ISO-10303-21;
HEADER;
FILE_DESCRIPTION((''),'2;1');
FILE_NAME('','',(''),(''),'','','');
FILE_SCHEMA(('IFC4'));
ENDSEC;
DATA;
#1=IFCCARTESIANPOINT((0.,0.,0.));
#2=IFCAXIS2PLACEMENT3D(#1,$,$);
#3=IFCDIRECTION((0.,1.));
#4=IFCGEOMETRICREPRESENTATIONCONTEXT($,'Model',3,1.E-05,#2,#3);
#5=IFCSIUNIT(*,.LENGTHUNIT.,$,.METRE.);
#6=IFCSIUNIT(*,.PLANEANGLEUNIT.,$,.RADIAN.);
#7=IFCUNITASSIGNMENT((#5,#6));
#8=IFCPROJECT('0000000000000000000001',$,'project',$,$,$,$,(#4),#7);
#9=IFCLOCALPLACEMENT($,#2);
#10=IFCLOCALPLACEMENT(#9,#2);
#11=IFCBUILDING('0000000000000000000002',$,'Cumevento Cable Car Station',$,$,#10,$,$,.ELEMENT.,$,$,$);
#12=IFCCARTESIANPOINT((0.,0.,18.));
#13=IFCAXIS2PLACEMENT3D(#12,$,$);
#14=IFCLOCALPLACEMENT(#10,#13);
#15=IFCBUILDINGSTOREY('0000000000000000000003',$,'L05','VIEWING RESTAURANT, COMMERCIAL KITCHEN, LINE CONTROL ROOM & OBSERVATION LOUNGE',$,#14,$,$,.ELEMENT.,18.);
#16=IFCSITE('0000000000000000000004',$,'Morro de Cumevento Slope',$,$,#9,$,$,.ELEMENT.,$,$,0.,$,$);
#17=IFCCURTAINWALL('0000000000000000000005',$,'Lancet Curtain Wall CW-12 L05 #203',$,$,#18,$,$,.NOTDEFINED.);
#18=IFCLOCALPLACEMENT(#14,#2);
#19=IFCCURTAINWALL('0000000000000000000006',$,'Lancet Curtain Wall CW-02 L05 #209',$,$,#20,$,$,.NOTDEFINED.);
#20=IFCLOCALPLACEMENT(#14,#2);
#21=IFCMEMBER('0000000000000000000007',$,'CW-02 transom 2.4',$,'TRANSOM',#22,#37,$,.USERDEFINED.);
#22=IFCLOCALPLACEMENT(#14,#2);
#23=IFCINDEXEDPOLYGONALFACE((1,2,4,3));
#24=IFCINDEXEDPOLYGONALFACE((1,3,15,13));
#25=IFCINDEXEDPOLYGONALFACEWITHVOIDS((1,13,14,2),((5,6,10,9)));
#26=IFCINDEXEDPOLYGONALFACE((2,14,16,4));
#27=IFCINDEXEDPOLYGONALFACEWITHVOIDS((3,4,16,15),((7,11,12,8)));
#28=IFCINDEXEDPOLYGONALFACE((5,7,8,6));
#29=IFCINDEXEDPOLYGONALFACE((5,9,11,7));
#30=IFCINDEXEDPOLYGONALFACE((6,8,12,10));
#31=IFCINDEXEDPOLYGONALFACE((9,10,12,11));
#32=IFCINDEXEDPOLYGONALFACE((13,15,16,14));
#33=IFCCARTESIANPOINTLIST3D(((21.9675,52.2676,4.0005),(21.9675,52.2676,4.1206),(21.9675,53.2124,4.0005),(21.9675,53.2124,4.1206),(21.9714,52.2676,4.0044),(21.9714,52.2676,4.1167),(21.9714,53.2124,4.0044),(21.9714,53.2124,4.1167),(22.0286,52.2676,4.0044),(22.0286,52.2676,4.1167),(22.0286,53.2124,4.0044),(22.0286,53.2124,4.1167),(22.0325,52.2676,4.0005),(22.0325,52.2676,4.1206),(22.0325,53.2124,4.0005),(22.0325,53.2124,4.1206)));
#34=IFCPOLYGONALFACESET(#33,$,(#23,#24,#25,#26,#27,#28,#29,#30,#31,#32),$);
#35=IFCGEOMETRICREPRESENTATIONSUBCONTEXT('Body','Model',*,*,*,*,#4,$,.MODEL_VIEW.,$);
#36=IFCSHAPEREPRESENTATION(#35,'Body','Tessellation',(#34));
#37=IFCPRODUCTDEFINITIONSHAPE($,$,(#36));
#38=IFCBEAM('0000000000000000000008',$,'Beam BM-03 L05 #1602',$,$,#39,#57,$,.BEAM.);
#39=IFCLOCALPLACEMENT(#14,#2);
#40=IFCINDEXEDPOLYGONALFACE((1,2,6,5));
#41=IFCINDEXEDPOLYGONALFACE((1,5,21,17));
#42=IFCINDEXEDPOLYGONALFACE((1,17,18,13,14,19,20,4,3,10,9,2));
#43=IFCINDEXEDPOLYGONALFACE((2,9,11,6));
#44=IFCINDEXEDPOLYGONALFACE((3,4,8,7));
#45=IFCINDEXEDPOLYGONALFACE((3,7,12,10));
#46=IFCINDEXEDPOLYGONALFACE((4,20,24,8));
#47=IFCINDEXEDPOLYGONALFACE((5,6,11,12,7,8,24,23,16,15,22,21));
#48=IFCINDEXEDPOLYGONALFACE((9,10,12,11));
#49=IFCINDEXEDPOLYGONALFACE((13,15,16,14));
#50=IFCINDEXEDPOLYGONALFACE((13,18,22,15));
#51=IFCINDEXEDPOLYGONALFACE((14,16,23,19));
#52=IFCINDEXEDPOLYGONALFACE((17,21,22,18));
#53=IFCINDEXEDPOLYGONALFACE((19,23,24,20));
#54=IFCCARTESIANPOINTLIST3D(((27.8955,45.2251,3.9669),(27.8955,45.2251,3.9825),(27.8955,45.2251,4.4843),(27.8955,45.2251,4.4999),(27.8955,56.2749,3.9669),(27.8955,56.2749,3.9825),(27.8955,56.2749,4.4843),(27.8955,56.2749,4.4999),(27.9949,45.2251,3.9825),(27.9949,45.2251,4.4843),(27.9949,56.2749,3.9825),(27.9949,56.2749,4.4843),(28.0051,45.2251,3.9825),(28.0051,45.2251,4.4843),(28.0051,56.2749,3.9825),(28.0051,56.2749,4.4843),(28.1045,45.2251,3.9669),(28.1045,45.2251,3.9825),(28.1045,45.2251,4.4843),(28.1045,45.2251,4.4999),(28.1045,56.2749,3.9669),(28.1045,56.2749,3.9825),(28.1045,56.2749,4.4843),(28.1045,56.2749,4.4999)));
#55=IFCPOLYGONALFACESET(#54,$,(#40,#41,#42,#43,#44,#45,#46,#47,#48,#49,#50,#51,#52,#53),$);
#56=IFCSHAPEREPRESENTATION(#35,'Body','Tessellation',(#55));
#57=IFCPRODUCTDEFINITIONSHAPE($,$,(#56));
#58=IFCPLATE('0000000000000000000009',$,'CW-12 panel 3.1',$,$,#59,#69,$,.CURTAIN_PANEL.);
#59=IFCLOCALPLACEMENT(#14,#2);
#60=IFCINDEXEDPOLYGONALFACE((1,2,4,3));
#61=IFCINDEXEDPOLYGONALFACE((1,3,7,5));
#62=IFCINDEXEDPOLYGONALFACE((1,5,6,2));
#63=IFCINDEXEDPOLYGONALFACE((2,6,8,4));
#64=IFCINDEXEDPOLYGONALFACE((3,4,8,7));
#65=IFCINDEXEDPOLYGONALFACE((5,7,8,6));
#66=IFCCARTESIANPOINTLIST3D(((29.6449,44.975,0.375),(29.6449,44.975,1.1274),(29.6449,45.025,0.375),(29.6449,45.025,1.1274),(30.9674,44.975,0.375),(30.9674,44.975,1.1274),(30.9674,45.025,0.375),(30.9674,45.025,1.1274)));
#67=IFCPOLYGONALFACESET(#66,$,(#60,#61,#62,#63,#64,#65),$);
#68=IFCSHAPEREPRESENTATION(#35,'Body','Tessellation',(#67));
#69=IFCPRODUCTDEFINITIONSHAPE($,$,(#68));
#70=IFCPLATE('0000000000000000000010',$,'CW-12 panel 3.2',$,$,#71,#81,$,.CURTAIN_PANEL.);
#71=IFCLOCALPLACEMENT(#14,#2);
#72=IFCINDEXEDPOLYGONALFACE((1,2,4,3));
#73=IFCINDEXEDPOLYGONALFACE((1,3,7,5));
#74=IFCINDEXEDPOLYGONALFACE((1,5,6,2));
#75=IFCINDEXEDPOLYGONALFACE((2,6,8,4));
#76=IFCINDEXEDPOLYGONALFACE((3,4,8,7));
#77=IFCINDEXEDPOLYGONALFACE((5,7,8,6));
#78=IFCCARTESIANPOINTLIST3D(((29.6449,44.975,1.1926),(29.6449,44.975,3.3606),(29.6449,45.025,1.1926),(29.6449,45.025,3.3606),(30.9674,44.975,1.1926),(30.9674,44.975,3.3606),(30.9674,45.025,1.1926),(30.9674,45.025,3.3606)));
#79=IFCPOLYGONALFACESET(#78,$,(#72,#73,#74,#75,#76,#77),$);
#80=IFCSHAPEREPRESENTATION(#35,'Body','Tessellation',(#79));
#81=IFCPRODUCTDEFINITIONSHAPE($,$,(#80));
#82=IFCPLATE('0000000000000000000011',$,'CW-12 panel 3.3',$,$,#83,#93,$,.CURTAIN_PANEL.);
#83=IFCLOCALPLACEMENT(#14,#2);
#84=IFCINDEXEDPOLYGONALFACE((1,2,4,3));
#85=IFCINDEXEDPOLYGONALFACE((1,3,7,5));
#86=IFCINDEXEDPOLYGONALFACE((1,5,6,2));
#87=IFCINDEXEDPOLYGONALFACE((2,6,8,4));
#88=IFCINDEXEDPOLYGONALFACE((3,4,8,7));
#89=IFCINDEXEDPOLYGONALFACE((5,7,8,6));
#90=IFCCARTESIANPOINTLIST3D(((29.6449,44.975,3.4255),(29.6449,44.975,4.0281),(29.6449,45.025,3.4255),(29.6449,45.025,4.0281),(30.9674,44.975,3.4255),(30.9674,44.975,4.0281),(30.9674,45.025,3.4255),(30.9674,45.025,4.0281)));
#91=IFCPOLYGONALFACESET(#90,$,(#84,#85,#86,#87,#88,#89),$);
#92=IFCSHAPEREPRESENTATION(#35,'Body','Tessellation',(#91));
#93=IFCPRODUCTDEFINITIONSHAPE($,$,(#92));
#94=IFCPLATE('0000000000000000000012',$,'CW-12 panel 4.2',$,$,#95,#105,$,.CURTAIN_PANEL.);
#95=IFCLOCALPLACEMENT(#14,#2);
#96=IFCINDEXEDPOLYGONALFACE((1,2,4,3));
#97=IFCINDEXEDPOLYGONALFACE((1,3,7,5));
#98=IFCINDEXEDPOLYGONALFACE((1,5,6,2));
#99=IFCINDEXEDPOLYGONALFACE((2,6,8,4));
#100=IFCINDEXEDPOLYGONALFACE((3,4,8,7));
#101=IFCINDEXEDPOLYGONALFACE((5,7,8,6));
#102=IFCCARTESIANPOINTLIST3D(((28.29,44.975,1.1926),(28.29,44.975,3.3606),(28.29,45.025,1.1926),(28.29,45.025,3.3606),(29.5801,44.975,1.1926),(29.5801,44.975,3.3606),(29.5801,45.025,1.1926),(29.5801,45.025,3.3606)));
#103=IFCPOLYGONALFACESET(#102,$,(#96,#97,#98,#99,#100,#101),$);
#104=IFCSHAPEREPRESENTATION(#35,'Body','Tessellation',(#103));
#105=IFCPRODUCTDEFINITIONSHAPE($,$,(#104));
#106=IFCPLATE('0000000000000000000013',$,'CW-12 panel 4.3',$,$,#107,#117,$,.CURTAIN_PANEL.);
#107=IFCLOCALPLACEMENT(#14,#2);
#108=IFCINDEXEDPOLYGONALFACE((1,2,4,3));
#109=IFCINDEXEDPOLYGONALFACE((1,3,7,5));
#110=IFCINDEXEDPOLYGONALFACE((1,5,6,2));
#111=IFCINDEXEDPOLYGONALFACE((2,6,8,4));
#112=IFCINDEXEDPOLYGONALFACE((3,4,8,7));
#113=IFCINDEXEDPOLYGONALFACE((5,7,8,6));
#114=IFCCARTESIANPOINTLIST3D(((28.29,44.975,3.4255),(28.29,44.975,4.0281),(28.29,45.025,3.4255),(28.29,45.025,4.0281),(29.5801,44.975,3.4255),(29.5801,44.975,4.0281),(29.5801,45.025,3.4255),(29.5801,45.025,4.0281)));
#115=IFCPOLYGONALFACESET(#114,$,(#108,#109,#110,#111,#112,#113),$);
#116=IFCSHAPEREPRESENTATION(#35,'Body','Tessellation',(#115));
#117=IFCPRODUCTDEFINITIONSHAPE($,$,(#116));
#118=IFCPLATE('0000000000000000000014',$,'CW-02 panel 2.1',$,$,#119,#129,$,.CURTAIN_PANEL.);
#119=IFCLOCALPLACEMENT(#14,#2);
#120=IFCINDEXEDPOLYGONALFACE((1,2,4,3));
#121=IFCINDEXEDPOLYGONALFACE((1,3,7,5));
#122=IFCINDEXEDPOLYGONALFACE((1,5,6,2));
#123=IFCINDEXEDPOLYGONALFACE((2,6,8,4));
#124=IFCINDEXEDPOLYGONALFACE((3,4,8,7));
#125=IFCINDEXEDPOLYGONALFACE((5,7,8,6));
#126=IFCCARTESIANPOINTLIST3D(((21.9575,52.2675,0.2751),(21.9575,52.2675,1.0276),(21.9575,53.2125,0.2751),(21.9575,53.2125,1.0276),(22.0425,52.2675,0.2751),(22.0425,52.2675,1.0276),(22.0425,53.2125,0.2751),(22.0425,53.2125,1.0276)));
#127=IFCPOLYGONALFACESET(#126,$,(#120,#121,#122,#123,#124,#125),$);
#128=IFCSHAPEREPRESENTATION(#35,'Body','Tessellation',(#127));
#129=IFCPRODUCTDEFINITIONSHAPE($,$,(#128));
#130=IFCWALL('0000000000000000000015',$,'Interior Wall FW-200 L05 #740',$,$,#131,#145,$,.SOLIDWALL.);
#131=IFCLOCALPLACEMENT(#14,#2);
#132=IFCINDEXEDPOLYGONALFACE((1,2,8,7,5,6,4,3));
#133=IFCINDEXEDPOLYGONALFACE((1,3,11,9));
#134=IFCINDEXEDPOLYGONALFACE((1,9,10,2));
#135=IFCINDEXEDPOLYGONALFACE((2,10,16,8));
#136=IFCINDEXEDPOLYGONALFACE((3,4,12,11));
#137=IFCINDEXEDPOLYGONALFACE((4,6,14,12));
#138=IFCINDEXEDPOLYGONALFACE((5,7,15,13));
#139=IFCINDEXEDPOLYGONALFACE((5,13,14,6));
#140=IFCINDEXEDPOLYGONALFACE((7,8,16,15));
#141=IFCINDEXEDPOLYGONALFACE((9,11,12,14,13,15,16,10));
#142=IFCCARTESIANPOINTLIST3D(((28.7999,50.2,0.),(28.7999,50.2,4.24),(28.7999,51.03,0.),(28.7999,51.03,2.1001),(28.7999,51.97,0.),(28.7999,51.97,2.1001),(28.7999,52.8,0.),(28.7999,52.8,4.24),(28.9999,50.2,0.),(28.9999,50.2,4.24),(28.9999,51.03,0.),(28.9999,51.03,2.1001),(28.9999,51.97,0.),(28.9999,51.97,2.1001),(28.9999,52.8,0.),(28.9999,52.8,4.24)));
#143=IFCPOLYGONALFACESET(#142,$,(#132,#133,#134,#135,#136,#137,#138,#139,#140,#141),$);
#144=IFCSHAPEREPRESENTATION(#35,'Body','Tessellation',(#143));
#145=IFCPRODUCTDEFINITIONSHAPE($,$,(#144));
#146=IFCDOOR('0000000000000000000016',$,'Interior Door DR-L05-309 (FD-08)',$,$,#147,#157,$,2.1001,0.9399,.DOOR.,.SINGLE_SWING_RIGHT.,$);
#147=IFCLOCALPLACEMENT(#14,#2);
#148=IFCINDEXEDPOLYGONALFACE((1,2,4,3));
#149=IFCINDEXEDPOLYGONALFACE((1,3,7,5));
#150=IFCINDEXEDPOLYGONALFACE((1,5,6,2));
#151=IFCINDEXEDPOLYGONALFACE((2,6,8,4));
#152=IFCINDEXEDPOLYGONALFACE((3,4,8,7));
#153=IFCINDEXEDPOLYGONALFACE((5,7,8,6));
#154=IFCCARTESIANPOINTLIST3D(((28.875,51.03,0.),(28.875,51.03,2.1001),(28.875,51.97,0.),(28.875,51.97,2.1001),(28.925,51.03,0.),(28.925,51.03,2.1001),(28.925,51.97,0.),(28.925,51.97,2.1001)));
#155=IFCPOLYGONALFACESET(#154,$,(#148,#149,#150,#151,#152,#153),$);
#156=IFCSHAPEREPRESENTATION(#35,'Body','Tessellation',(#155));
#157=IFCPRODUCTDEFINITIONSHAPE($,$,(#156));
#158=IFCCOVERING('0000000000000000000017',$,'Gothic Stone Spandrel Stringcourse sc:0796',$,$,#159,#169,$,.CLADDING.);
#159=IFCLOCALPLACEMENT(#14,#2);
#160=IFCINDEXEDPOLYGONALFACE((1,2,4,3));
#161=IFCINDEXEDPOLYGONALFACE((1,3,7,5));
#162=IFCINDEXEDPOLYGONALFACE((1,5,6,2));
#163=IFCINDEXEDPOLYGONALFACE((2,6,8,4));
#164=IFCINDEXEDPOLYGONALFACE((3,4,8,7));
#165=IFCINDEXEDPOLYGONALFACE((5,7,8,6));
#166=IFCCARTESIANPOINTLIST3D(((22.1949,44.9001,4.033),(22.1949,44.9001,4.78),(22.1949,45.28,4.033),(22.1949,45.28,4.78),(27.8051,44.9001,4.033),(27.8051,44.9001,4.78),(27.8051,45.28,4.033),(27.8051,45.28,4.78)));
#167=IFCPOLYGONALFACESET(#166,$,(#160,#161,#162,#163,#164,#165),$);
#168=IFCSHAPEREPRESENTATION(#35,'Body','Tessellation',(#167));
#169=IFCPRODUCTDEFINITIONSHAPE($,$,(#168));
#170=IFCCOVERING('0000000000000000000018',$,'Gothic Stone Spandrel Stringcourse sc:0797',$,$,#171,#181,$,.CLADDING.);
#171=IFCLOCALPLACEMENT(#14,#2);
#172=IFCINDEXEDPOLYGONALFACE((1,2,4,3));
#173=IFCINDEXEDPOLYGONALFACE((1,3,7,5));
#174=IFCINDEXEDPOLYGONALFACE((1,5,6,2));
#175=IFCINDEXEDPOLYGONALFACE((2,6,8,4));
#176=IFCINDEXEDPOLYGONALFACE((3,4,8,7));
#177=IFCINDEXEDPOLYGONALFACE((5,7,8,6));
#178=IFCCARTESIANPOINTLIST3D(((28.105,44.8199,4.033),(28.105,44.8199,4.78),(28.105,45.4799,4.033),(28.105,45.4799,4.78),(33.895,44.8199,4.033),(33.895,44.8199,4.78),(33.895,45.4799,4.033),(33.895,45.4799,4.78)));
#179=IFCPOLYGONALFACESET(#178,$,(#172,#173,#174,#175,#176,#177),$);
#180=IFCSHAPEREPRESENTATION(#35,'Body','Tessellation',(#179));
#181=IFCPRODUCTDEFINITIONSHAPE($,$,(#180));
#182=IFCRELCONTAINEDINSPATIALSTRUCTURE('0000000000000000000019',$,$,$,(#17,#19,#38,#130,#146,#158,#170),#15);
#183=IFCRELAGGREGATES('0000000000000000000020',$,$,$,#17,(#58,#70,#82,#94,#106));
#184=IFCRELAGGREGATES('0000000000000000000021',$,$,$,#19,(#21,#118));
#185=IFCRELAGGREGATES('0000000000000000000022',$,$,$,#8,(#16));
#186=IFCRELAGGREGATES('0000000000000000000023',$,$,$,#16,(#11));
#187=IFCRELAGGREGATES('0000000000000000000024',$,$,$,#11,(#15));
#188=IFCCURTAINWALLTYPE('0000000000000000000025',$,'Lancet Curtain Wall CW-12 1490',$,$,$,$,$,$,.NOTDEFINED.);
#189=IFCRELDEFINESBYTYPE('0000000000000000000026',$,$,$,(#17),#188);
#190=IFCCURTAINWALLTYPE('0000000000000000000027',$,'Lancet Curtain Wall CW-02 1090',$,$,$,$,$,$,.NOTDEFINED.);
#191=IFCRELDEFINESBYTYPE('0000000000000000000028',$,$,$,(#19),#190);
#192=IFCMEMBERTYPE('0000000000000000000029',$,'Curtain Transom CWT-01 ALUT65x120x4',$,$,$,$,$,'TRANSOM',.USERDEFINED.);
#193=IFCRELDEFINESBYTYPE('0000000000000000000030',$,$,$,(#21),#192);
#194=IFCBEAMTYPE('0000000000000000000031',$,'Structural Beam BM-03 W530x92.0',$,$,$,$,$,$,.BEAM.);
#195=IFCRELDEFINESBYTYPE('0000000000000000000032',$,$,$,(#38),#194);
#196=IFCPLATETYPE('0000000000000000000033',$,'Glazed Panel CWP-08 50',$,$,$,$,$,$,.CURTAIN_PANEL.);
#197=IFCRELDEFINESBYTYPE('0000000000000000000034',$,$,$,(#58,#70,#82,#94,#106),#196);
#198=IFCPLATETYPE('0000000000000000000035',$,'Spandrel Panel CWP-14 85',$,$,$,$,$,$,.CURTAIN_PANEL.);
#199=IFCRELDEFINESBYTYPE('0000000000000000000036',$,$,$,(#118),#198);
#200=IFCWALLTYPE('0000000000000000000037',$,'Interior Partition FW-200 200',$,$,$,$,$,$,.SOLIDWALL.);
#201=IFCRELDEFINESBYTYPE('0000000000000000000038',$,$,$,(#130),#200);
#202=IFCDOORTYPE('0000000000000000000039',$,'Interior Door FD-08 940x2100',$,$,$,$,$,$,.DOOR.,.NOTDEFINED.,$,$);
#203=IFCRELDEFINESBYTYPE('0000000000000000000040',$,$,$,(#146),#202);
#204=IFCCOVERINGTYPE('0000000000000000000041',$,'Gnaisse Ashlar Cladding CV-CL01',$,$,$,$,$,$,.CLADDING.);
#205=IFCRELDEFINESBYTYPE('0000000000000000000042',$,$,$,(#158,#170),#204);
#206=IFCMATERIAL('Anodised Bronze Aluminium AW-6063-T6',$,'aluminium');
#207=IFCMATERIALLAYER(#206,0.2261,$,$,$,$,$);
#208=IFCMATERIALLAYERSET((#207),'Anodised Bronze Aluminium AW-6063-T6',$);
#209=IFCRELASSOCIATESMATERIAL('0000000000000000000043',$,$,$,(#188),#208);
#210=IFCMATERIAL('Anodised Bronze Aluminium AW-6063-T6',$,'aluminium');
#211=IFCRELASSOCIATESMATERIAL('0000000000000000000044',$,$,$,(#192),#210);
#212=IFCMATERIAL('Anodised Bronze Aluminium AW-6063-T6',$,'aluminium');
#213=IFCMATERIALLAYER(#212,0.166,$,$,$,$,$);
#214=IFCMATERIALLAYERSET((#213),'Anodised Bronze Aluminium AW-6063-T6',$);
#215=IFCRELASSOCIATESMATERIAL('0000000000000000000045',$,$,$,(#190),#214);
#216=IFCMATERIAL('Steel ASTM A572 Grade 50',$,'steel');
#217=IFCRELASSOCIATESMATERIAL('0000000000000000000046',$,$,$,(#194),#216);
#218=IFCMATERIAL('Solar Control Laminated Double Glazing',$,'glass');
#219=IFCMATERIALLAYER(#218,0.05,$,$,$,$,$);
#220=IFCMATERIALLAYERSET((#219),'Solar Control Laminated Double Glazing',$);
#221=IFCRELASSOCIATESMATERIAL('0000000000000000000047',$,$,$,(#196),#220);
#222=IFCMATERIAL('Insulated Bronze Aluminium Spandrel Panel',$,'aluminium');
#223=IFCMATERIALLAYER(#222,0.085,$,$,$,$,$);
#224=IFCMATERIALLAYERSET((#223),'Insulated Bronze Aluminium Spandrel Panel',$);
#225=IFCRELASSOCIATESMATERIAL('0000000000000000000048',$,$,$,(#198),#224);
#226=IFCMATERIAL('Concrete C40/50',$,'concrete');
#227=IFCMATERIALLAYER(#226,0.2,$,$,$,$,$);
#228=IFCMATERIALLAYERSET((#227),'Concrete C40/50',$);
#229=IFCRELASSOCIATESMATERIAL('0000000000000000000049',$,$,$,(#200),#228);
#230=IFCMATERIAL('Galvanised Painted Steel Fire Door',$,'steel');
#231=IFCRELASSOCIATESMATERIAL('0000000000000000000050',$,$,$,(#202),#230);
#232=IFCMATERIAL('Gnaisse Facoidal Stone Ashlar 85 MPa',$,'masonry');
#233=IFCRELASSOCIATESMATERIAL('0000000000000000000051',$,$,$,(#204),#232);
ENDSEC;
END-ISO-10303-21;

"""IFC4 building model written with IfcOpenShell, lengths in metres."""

from ifc_helpers import new_model, si_unit, direction, frame, frame_2d, origin, origin_2d, place, context, subcontext, project, spatial, rectangle, hollow_rectangle, i_section, extrude, material, layer, layer_set, material_profile, profile_set, type_object, element, fill, aggregate, save


model = new_model("IFC4")

# Units and contexts
model_context = context("Model", 3, precision=1e-05, world=origin(), true_north=direction((0.0, 1.0)))
body_context = subcontext(model_context, "Body", "Model", "MODEL_VIEW")
ifc_project = project(units=[si_unit("LENGTHUNIT", "METRE"), si_unit("PLANEANGLEUNIT", "RADIAN")], contexts=[model_context])

# Site, building, storey
site_placement = place(None, origin())
site = spatial("IfcSite", under=ifc_project, at=site_placement, Name="Morro de Cumevento Slope", CompositionType="ELEMENT", RefElevation=0.0)
building_placement = place(site_placement, origin())
building = spatial("IfcBuilding", under=site, at=building_placement, Name="Cumevento Cable Car Station", CompositionType="ELEMENT")
storey_placement = place(building_placement, frame((0.0, 0.0, 18.0)))
storey = spatial("IfcBuildingStorey", under=building, at=storey_placement, Name="L05", Description="VIEWING RESTAURANT, COMMERCIAL KITCHEN, LINE CONTROL ROOM & OBSERVATION LOUNGE", CompositionType="ELEMENT", Elevation=18.0)

# Curtain walls, member
ifc_material_1 = material(Name="Anodised Bronze Aluminium AW-6063-T6", Category="aluminium")
ifc_layer_1 = layer(ifc_material_1, 0.2261)
ifc_layer_set_1 = layer_set([ifc_layer_1], Name="Anodised Bronze Aluminium AW-6063-T6")
curtain_wall_type_1 = type_object("IfcCurtainWallType", Name="Lancet Curtain Wall CW-12 1490", PredefinedType="NOTDEFINED", material=ifc_layer_set_1)
curtain_wall_1_placement = place(storey_placement, origin())
curtain_wall_1 = element("IfcCurtainWall", 1, at=curtain_wall_1_placement, inside=storey, type_object=curtain_wall_type_1, Name="Lancet Curtain Wall CW-12 L05 #203", PredefinedType="NOTDEFINED")
ifc_material_2 = material(Name="Anodised Bronze Aluminium AW-6063-T6", Category="aluminium")
ifc_material_profile_1 = material_profile(ifc_material_2, hollow_rectangle(XDim=0.0649, YDim=0.1201, WallThickness=0.0039, at=origin_2d()), Name="ALUT65x120x4")
ifc_profile_set_1 = profile_set([ifc_material_profile_1], Name="Anodised Bronze Aluminium AW-6063-T6")
member_type_1 = type_object("IfcMemberType", Name="Curtain Transom CWT-01 ALUT65x120x4", ElementType="TRANSOM", PredefinedType="USERDEFINED", material=ifc_profile_set_1)
ifc_material_3 = material(Name="Anodised Bronze Aluminium AW-6063-T6", Category="aluminium")
ifc_layer_2 = layer(ifc_material_3, 0.166)
ifc_layer_set_2 = layer_set([ifc_layer_2], Name="Anodised Bronze Aluminium AW-6063-T6")
curtain_wall_type_2 = type_object("IfcCurtainWallType", Name="Lancet Curtain Wall CW-02 1090", PredefinedType="NOTDEFINED", material=ifc_layer_set_2)
curtain_wall_2_placement = place(storey_placement, origin())
curtain_wall_2 = element("IfcCurtainWall", 2, at=curtain_wall_2_placement, inside=storey, type_object=curtain_wall_type_2, Name="Lancet Curtain Wall CW-02 L05 #209", PredefinedType="NOTDEFINED")
member_1_placement = place(storey_placement, frame((22.0, 52.2676, 4.0605), z_axis=(0.0, 1.0, 0.0), x_axis=(-1.0, 0.0, 0.0)))
member_1 = element("IfcMember", 3, at=member_1_placement, type_object=member_type_1, Name="CW-02 transom 2.4", ObjectType="TRANSOM", PredefinedType="USERDEFINED", context=body_context, shape_type="SweptSolid", body=[
    extrude(hollow_rectangle(XDim=0.0649, YDim=0.1201, WallThickness=0.0039, at=origin_2d()), origin(), (0.0, 0.0, 1.0), 0.9448),
])

# Beam
ifc_material_4 = material(Name="Steel ASTM A572 Grade 50", Category="steel")
ifc_material_profile_2 = material_profile(ifc_material_4, i_section(OverallWidth=0.209, OverallDepth=0.533, WebThickness=0.0103, FlangeThickness=0.0156, at=origin_2d()), Name="W530x92.0")
ifc_profile_set_2 = profile_set([ifc_material_profile_2], Name="Steel ASTM A572 Grade 50")
beam_type = type_object("IfcBeamType", Name="Structural Beam BM-03 W530x92.0", PredefinedType="BEAM", material=ifc_profile_set_2)
beam_placement = place(storey_placement, frame((28.0, 45.2251, 4.2334), z_axis=(0.0, 1.0, 0.0), x_axis=(-1.0, 0.0, 0.0)))
element("IfcBeam", 4, at=beam_placement, inside=storey, type_object=beam_type, Name="Beam BM-03 L05 #1602", PredefinedType="BEAM", context=body_context, shape_type="SweptSolid", body=[
    extrude(i_section(OverallWidth=0.209, OverallDepth=0.533, WebThickness=0.0103, FlangeThickness=0.0156, at=origin_2d()), origin(), (0.0, 0.0, 1.0), 11.0498),
])

# Plates
ifc_material_5 = material(Name="Solar Control Laminated Double Glazing", Category="glass")
ifc_layer_3 = layer(ifc_material_5, 0.05)
ifc_layer_set_3 = layer_set([ifc_layer_3], Name="Solar Control Laminated Double Glazing")
plate_type_1 = type_object("IfcPlateType", Name="Glazed Panel CWP-08 50", PredefinedType="CURTAIN_PANEL", material=ifc_layer_set_3)
plate_1_placement = place(storey_placement, frame((30.3062, 45.0, 0.375), z_axis=(0.0, 0.0, 1.0), x_axis=(-1.0, 0.0, 0.0)))
plate_1 = element("IfcPlate", 5, at=plate_1_placement, type_object=plate_type_1, Name="CW-12 panel 3.1", PredefinedType="CURTAIN_PANEL", context=body_context, shape_type="SweptSolid", body=[
    extrude(rectangle(XDim=1.3225, YDim=0.05, at=origin_2d()), origin(), (0.0, 0.0, 1.0), 0.7524),
])
plate_2_placement = place(storey_placement, frame((30.3062, 45.0, 1.1926), z_axis=(0.0, 0.0, 1.0), x_axis=(-1.0, 0.0, 0.0)))
plate_2 = element("IfcPlate", 6, at=plate_2_placement, type_object=plate_type_1, Name="CW-12 panel 3.2", PredefinedType="CURTAIN_PANEL", context=body_context, shape_type="SweptSolid", body=[
    extrude(rectangle(XDim=1.3225, YDim=0.05, at=origin_2d()), origin(), (0.0, 0.0, 1.0), 2.168),
])
plate_3_placement = place(storey_placement, frame((30.3062, 45.0, 3.4255), z_axis=(0.0, 0.0, 1.0), x_axis=(-1.0, 0.0, 0.0)))
plate_3 = element("IfcPlate", 7, at=plate_3_placement, type_object=plate_type_1, Name="CW-12 panel 3.3", PredefinedType="CURTAIN_PANEL", context=body_context, shape_type="SweptSolid", body=[
    extrude(rectangle(XDim=1.3225, YDim=0.05, at=origin_2d()), origin(), (0.0, 0.0, 1.0), 0.6025),
])
plate_4_placement = place(storey_placement, frame((28.9351, 45.0, 1.1926), z_axis=(0.0, 0.0, 1.0), x_axis=(-1.0, 0.0, 0.0)))
plate_4 = element("IfcPlate", 8, at=plate_4_placement, type_object=plate_type_1, Name="CW-12 panel 4.2", PredefinedType="CURTAIN_PANEL", context=body_context, shape_type="SweptSolid", body=[
    extrude(rectangle(XDim=1.29, YDim=0.05, at=origin_2d()), origin(), (0.0, 0.0, 1.0), 2.168),
])
plate_5_placement = place(storey_placement, frame((28.9351, 45.0, 3.4255), z_axis=(0.0, 0.0, 1.0), x_axis=(-1.0, 0.0, 0.0)))
plate_5 = element("IfcPlate", 9, at=plate_5_placement, type_object=plate_type_1, Name="CW-12 panel 4.3", PredefinedType="CURTAIN_PANEL", context=body_context, shape_type="SweptSolid", body=[
    extrude(rectangle(XDim=1.29, YDim=0.05, at=origin_2d()), origin(), (0.0, 0.0, 1.0), 0.6025),
])
aggregate(curtain_wall_1, [plate_1, plate_2, plate_3, plate_4, plate_5])
ifc_material_6 = material(Name="Insulated Bronze Aluminium Spandrel Panel", Category="aluminium")
ifc_layer_4 = layer(ifc_material_6, 0.085)
ifc_layer_set_4 = layer_set([ifc_layer_4], Name="Insulated Bronze Aluminium Spandrel Panel")
plate_type_2 = type_object("IfcPlateType", Name="Spandrel Panel CWP-14 85", PredefinedType="CURTAIN_PANEL", material=ifc_layer_set_4)
plate_6_placement = place(storey_placement, frame((22.0, 52.74, 0.2751), z_axis=(0.0, 0.0, 1.0), x_axis=(0.0, 1.0, 0.0)))
plate_6 = element("IfcPlate", 10, at=plate_6_placement, type_object=plate_type_2, Name="CW-02 panel 2.1", PredefinedType="CURTAIN_PANEL", context=body_context, shape_type="SweptSolid", body=[
    extrude(rectangle(XDim=0.9451, YDim=0.085, at=origin_2d()), origin(), (0.0, 0.0, 1.0), 0.7524),
])
aggregate(curtain_wall_2, [member_1, plate_6])

# Wall, opening, door
ifc_material_7 = material(Name="Concrete C40/50", Category="concrete")
ifc_layer_5 = layer(ifc_material_7, 0.2)
ifc_layer_set_5 = layer_set([ifc_layer_5], Name="Concrete C40/50")
wall_type = type_object("IfcWallType", Name="Interior Partition FW-200 200", PredefinedType="SOLIDWALL", material=ifc_layer_set_5)
wall_placement = place(storey_placement, frame((28.8999, 50.2, 0.0), z_axis=(0.0, 0.0, 1.0), x_axis=(0.0, 1.0, 0.0)))
wall = element("IfcWall", 11, at=wall_placement, inside=storey, type_object=wall_type, Name="Interior Wall FW-200 L05 #740", PredefinedType="SOLIDWALL", context=body_context, shape_type="SweptSolid", body=[
    extrude(rectangle(XDim=2.6001, YDim=0.2, at=frame_2d((1.3, 0.0))), origin(), (0.0, 0.0, 1.0), 4.24),
])
opening_placement = place(wall_placement, frame((0.8301, 0.0, 0.0)))
opening = element("IfcOpeningElement", 12, at=opening_placement, cuts=wall, PredefinedType="OPENING", context=body_context, shape_type="SweptSolid", body=[
    extrude(rectangle(XDim=0.9399, YDim=2.1001, at=frame_2d((0.47, 1.05))), frame((0.0, 0.1101, 0.0), z_axis=(0.0, -1.0, 0.0), x_axis=(1.0, 0.0, 0.0)), (0.0, 0.0, 1.0), 0.22),
])
ifc_material_8 = material(Name="Galvanised Painted Steel Fire Door", Category="steel")
door_type = type_object("IfcDoorType", Name="Interior Door FD-08 940x2100", OperationType="NOTDEFINED", PredefinedType="DOOR", material=ifc_material_8)
door_placement = place(opening_placement, origin())
door = element("IfcDoor", 13, at=door_placement, inside=storey, type_object=door_type, Name="Interior Door DR-L05-309 (FD-08)", OperationType="SINGLE_SWING_RIGHT", OverallHeight=2.1001, OverallWidth=0.9399, PredefinedType="DOOR", context=body_context, shape_type="SweptSolid", body=[
    extrude(rectangle(XDim=0.9399, YDim=2.1001, at=frame_2d((0.47, 1.05))), frame((0.0, 0.0249, 0.0), z_axis=(0.0, -1.0, 0.0), x_axis=(1.0, 0.0, 0.0)), (0.0, 0.0, 1.0), 0.05),
])
fill(opening, door)

# Coverings
ifc_material_9 = material(Name="Gnaisse Facoidal Stone Ashlar 85 MPa", Category="masonry")
covering_type = type_object("IfcCoveringType", Name="Gnaisse Ashlar Cladding CV-CL01", PredefinedType="CLADDING", material=ifc_material_9)
covering_1_placement = place(storey_placement, frame((25.0, 45.0901, 4.033), z_axis=(0.0, 0.0, 1.0), x_axis=(-1.0, 0.0, 0.0)))
element("IfcCovering", 14, at=covering_1_placement, inside=storey, type_object=covering_type, Name="Gothic Stone Spandrel Stringcourse sc:0796", PredefinedType="CLADDING", context=body_context, shape_type="SweptSolid", body=[
    extrude(rectangle(XDim=5.6101, YDim=0.3799, at=origin_2d()), origin(), (0.0, 0.0, 1.0), 0.7471),
])
covering_2_placement = place(storey_placement, frame((31.0, 45.1499, 4.033), z_axis=(0.0, 0.0, 1.0), x_axis=(-1.0, 0.0, 0.0)))
element("IfcCovering", 15, at=covering_2_placement, inside=storey, type_object=covering_type, Name="Gothic Stone Spandrel Stringcourse sc:0797", PredefinedType="CLADDING", context=body_context, shape_type="SweptSolid", body=[
    extrude(rectangle(XDim=5.79, YDim=0.6599, at=origin_2d()), origin(), (0.0, 0.0, 1.0), 0.7471),
])

save(model, "model.ifc")
